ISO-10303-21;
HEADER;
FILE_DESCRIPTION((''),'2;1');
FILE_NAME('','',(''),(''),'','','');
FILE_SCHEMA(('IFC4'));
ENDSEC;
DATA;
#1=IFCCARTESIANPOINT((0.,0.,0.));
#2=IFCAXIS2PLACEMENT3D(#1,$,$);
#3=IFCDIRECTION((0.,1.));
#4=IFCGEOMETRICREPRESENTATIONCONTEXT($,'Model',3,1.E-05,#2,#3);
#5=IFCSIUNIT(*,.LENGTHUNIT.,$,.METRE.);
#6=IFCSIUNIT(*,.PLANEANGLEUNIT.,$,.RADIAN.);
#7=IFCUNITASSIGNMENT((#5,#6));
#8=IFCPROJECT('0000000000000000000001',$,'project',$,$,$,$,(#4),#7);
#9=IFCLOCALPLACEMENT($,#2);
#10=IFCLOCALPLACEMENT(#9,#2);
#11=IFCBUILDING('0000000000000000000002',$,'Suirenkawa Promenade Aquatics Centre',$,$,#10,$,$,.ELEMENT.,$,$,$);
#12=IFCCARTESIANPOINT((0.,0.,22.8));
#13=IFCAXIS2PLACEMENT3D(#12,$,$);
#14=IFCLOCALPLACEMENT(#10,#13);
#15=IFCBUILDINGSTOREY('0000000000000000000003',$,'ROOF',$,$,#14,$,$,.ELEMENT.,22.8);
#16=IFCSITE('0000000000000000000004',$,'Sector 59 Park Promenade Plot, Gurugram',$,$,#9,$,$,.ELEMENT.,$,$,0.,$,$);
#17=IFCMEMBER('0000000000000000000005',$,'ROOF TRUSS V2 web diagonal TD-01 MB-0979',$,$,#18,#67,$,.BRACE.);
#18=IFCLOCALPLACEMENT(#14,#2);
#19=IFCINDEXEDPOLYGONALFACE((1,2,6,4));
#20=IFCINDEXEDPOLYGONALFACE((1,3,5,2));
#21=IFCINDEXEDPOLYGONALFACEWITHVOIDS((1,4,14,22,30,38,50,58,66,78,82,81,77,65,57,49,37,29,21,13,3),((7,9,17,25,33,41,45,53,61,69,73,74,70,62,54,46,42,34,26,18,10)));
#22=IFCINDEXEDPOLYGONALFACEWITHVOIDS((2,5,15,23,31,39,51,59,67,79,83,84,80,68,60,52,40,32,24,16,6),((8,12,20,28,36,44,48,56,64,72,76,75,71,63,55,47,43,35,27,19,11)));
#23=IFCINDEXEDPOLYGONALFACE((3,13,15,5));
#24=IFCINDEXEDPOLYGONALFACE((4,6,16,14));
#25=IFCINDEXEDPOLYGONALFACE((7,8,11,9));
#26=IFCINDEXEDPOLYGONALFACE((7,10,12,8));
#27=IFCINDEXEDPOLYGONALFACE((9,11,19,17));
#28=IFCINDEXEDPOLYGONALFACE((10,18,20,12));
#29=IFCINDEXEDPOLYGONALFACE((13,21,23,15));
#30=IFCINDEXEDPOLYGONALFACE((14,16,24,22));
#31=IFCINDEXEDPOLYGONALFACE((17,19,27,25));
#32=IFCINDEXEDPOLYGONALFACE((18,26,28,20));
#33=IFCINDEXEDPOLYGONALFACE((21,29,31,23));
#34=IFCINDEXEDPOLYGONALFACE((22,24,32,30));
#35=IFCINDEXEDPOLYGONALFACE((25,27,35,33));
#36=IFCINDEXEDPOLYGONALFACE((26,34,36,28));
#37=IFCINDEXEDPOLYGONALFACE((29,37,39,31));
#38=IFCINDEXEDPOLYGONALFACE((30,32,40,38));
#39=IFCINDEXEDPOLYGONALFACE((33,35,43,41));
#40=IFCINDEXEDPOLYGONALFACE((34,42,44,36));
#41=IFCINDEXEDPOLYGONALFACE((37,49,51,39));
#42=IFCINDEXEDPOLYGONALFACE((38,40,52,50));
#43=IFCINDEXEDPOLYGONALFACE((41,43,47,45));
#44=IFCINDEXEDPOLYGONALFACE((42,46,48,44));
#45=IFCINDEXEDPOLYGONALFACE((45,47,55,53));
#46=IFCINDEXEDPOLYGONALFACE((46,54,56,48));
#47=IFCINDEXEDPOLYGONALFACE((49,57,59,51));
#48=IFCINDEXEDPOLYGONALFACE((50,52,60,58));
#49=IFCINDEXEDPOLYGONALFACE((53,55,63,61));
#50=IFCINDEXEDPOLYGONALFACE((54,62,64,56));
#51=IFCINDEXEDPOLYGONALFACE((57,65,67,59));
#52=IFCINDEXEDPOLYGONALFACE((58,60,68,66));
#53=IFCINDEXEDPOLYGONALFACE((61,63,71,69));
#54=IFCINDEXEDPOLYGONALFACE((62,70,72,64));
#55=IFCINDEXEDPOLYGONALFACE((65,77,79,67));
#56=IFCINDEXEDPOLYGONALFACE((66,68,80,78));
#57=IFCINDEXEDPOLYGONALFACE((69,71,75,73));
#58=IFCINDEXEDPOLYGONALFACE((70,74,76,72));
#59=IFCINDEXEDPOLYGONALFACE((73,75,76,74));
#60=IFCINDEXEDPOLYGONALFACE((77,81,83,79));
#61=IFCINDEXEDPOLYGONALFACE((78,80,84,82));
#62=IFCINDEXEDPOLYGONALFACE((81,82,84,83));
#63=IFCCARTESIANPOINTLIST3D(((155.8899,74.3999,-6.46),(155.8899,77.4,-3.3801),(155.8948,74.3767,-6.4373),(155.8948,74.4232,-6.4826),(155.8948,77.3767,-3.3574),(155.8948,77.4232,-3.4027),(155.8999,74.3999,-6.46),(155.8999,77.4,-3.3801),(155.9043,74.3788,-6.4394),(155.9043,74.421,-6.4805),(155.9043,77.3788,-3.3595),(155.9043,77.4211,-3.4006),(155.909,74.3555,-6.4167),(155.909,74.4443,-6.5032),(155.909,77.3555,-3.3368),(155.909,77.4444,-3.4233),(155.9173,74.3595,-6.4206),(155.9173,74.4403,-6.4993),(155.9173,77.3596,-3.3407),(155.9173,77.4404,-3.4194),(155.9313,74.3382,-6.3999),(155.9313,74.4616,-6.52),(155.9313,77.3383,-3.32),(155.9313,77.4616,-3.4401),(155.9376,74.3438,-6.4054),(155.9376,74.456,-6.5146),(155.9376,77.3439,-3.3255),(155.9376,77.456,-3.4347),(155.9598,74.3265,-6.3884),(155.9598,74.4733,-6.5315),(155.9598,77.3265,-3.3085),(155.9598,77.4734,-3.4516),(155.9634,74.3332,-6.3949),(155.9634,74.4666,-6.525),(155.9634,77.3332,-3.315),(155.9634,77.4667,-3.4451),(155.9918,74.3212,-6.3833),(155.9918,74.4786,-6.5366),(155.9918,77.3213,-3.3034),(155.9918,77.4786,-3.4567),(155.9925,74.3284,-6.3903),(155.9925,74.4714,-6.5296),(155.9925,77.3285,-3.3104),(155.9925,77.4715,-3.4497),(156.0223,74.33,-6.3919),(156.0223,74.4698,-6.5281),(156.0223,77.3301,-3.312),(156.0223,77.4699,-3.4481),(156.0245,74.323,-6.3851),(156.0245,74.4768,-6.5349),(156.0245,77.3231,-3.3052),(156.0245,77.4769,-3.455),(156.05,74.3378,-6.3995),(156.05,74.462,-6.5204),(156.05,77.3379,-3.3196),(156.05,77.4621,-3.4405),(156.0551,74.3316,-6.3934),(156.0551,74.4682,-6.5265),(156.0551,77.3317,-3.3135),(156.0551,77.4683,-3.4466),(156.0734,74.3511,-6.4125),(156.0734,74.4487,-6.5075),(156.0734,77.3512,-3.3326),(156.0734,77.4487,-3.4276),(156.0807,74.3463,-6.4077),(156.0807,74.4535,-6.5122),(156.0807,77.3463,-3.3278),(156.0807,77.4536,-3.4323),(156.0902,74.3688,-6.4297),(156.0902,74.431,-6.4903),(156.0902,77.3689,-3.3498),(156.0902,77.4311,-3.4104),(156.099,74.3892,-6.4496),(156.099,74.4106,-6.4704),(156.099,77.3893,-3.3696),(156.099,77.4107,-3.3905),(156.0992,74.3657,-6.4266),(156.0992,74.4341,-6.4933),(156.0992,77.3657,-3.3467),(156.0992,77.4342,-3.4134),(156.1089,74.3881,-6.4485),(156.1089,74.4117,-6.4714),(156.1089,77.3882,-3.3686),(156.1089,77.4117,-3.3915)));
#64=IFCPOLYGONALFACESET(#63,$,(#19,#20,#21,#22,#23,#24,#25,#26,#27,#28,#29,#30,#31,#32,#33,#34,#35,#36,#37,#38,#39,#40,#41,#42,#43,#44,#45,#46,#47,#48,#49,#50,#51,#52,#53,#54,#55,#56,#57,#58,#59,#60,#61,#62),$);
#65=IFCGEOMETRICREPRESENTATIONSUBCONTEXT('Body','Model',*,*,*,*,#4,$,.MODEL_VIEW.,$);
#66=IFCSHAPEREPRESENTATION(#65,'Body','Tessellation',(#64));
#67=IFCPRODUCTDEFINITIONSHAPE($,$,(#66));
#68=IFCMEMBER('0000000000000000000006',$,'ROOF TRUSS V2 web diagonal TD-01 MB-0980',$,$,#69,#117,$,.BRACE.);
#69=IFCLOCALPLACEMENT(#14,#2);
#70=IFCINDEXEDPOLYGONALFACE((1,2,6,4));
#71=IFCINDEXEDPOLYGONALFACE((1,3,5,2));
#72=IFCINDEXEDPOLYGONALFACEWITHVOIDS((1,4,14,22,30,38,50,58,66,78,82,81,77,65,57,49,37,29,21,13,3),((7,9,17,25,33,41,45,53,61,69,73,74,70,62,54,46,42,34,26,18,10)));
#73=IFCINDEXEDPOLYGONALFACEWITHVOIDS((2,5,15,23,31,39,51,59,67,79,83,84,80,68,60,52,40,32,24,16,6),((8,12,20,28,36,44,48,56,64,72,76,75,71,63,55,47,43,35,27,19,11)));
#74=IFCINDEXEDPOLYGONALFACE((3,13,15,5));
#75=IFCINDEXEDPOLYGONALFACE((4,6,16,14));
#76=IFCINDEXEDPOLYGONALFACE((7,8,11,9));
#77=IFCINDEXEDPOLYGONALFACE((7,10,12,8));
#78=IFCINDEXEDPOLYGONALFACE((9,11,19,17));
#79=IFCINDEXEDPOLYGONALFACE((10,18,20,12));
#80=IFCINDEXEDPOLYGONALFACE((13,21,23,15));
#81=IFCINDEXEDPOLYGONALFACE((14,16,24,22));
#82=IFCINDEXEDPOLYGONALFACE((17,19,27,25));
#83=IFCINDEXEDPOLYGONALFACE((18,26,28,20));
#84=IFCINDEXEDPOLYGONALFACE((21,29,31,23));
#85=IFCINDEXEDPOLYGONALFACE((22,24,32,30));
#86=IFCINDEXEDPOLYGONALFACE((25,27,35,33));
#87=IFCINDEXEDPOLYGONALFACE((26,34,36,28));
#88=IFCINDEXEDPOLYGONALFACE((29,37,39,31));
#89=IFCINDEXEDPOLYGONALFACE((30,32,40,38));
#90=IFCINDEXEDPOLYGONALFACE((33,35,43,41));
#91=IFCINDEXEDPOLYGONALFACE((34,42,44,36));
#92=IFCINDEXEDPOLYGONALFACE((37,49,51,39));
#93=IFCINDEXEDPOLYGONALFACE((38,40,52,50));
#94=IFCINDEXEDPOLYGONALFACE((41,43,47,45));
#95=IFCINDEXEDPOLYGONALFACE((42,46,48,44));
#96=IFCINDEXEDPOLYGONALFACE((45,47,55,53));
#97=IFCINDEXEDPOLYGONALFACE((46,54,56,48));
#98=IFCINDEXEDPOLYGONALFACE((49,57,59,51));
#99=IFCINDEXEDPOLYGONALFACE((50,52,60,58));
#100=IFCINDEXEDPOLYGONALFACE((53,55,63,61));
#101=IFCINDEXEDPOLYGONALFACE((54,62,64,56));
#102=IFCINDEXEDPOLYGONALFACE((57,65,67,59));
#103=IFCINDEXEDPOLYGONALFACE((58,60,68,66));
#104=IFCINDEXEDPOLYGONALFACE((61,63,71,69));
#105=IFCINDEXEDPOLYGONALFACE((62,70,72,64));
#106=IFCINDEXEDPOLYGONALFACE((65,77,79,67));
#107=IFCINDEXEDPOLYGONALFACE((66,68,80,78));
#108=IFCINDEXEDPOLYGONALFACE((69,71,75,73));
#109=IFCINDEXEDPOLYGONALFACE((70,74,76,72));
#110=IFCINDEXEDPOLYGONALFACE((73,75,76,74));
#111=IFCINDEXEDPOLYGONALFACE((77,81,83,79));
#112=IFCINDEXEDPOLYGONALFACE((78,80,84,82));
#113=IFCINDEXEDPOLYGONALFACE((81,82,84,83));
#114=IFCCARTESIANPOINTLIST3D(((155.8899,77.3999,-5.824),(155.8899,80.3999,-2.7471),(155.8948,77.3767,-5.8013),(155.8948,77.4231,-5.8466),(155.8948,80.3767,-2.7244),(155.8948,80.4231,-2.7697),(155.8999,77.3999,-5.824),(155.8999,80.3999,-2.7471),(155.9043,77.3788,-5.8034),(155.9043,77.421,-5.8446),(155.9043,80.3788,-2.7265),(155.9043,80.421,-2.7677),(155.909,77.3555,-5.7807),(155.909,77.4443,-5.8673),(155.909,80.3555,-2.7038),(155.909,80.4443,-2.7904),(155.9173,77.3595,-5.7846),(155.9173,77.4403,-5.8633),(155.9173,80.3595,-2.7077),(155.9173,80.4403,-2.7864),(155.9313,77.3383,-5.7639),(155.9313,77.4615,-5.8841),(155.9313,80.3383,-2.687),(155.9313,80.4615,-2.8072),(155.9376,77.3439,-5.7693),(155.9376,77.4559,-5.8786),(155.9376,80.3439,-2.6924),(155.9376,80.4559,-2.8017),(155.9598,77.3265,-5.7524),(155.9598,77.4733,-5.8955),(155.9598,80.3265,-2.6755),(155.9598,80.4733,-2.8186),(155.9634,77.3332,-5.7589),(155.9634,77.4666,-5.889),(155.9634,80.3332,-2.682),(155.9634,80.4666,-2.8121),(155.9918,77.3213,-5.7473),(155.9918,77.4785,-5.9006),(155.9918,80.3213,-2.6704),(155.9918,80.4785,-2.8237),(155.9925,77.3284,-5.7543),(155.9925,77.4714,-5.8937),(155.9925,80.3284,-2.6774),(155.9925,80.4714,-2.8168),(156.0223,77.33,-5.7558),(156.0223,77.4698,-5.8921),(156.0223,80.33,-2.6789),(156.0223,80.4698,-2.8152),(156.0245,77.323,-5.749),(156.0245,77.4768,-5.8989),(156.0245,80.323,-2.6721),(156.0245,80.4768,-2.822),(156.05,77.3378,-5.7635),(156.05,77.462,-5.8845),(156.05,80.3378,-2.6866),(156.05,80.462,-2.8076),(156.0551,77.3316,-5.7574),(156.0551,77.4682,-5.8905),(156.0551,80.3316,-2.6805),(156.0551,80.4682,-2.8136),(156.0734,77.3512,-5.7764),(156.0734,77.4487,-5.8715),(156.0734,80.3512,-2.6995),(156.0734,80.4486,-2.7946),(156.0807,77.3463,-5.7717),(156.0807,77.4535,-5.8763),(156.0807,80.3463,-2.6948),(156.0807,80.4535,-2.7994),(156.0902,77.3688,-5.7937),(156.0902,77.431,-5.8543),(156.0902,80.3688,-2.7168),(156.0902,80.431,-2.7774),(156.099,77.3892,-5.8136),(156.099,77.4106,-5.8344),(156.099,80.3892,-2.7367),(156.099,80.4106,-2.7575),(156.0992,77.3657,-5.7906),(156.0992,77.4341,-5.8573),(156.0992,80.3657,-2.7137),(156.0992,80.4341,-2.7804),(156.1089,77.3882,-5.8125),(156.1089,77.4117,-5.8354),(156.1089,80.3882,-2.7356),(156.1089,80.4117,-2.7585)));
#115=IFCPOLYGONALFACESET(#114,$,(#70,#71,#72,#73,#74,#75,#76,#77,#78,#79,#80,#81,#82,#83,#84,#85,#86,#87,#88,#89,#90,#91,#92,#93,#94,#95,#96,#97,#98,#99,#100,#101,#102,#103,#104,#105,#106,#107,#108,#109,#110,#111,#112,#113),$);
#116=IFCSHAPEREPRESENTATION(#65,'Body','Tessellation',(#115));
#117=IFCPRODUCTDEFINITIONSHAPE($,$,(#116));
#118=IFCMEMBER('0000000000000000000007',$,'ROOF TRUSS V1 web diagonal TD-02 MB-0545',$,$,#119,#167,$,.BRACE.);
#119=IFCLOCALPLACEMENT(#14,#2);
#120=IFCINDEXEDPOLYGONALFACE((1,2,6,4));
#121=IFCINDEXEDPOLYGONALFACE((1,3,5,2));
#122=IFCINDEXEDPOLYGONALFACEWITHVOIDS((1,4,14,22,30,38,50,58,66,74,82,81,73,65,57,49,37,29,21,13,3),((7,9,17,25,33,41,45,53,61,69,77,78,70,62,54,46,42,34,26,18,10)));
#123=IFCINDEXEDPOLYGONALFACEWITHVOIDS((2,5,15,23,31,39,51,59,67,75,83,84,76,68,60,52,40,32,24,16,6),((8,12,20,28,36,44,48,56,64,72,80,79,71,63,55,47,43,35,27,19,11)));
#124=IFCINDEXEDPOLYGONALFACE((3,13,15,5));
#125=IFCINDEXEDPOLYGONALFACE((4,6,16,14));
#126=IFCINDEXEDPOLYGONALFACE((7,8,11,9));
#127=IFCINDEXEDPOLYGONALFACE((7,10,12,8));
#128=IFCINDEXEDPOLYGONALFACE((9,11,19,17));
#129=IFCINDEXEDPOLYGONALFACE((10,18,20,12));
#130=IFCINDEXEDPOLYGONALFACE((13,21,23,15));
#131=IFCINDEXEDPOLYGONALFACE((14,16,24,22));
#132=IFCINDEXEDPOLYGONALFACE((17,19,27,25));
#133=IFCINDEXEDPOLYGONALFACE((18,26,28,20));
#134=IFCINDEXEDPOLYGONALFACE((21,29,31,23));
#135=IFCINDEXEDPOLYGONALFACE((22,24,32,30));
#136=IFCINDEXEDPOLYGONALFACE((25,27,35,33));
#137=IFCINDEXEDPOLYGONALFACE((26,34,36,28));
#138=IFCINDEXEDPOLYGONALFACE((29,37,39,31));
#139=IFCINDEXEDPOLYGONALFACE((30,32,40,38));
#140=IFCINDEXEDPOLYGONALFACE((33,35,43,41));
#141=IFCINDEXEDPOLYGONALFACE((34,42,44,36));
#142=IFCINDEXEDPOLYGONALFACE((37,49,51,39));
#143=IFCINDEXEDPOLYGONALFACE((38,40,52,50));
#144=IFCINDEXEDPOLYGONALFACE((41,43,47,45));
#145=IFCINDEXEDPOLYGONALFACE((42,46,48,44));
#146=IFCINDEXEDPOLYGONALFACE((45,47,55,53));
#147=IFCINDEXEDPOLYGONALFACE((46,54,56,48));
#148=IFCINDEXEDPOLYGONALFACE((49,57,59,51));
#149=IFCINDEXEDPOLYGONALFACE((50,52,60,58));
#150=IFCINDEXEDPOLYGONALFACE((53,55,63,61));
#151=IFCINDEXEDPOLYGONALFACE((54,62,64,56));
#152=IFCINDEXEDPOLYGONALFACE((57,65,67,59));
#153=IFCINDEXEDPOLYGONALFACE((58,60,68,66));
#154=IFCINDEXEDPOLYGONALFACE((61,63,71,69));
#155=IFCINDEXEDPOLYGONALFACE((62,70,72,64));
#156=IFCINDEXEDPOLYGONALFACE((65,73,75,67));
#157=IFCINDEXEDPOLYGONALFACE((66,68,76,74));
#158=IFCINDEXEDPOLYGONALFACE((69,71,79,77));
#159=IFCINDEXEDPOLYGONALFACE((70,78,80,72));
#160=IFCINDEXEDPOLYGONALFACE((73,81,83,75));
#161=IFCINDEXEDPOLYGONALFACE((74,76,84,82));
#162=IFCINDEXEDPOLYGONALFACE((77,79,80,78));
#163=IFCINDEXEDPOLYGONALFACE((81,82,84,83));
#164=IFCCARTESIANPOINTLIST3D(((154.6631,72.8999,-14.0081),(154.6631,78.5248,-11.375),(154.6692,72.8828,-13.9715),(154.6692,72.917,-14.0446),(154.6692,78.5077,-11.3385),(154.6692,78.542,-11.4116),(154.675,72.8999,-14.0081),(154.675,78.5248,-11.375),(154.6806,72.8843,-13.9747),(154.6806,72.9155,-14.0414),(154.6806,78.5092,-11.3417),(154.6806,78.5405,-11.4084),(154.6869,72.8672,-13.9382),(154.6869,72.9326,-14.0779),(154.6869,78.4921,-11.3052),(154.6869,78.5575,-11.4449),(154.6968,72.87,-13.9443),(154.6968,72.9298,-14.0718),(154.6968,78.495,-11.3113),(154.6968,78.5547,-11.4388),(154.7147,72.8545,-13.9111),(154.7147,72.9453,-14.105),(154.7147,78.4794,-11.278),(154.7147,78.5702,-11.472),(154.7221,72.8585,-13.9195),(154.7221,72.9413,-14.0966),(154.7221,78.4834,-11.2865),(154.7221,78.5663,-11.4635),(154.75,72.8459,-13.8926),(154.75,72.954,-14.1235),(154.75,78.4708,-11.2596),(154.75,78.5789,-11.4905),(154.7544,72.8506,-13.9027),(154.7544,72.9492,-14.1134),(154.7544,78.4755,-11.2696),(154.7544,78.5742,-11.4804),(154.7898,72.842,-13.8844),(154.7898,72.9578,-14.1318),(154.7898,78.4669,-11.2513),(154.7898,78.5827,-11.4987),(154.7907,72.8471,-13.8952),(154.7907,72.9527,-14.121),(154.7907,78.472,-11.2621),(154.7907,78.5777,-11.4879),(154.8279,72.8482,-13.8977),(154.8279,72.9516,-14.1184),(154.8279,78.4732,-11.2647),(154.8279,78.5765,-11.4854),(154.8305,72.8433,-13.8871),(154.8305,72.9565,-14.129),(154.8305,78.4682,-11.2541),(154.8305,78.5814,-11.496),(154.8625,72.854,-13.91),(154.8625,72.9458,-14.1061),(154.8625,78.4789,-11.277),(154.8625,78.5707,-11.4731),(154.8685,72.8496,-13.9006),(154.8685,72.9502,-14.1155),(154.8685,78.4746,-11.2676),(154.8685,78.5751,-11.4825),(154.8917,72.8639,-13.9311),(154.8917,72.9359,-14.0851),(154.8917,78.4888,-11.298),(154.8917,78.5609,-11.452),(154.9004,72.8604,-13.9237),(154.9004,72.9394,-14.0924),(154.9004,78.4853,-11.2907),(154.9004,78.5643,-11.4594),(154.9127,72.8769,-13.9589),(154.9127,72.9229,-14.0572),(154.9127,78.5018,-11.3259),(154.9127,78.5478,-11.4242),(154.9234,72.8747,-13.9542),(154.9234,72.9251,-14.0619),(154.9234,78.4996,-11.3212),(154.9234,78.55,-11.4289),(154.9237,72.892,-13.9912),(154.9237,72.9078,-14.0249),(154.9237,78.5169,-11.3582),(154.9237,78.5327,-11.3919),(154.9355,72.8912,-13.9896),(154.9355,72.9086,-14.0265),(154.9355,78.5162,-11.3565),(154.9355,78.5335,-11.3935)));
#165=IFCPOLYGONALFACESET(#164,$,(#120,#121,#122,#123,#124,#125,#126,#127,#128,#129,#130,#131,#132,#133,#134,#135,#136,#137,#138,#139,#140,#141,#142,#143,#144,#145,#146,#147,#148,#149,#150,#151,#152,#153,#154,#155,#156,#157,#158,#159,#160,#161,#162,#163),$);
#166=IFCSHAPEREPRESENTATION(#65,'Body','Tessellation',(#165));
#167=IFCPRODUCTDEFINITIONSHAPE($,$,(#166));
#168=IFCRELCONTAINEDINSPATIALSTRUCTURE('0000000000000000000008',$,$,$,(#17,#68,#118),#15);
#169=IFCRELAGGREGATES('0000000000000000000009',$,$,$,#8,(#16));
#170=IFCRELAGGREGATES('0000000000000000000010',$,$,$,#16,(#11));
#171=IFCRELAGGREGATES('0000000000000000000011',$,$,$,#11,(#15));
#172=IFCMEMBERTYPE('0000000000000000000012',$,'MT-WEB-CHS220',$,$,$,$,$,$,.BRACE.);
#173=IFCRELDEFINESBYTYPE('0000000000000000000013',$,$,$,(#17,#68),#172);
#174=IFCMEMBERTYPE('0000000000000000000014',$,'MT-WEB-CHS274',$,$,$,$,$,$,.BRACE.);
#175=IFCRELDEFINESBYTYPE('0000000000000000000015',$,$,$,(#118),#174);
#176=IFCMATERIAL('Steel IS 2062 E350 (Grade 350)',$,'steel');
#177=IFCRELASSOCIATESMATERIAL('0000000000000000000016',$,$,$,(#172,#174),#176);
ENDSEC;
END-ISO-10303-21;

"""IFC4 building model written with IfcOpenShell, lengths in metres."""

from ifc_helpers import new_model, si_unit, direction, frame, origin, origin_2d, place, context, subcontext, project, spatial, hollow_circle, extrude, material, material_profile, profile_set, type_object, element, save


model = new_model("IFC4")

# Units and contexts
model_context = context("Model", 3, precision=1e-05, world=origin(), true_north=direction((0.0, 1.0)))
body_context = subcontext(model_context, "Body", "Model", "MODEL_VIEW")
ifc_project = project(units=[si_unit("LENGTHUNIT", "METRE"), si_unit("PLANEANGLEUNIT", "RADIAN")], contexts=[model_context])

# Site, building, storey
site_placement = place(None, origin())
site = spatial("IfcSite", under=ifc_project, at=site_placement, Name="Sector 59 Park Promenade Plot, Gurugram", CompositionType="ELEMENT", RefElevation=0.0)
building_placement = place(site_placement, origin())
building = spatial("IfcBuilding", under=site, at=building_placement, Name="Suirenkawa Promenade Aquatics Centre", CompositionType="ELEMENT")
storey_placement = place(building_placement, frame((0.0, 0.0, 22.8)))
storey = spatial("IfcBuildingStorey", under=building, at=storey_placement, Name="ROOF", CompositionType="ELEMENT", Elevation=22.8)

# Shared definitions
ifc_material = material(Name="Steel IS 2062 E350 (Grade 350)", Category="steel")

# Members
ifc_material_profile_1 = material_profile(ifc_material, hollow_circle(Radius=0.1101, WallThickness=0.01, at=origin_2d()), Name="CHS 220x10", Category="steel")
ifc_profile_set_1 = profile_set([ifc_material_profile_1], Name="Steel IS 2062 E350 (Grade 350)")
member_type_1 = type_object("IfcMemberType", Name="MT-WEB-CHS220", PredefinedType="BRACE", material=ifc_profile_set_1)
member_1_placement = place(storey_placement, frame((156.0, 74.3999, -6.46), z_axis=(0.0, 0.697762, 0.71633), x_axis=(-1.0, 0.0, 0.0)))
element("IfcMember", 1, at=member_1_placement, inside=storey, type_object=member_type_1, Name="ROOF TRUSS V2 web diagonal TD-01 MB-0979", PredefinedType="BRACE", context=body_context, shape_type="SweptSolid", body=[
    extrude(hollow_circle(Radius=0.1101, WallThickness=0.01, at=origin_2d()), origin(), (0.0, 0.0, 1.0), 4.2996),
])
member_2_placement = place(storey_placement, frame((156.0, 77.3999, -5.824), z_axis=(0.0, 0.698102, 0.715998), x_axis=(-1.0, 0.0, 0.0)))
element("IfcMember", 2, at=member_2_placement, inside=storey, type_object=member_type_1, Name="ROOF TRUSS V2 web diagonal TD-01 MB-0980", PredefinedType="BRACE", context=body_context, shape_type="SweptSolid", body=[
    extrude(hollow_circle(Radius=0.1101, WallThickness=0.01, at=origin_2d()), origin(), (0.0, 0.0, 1.0), 4.2974),
])
ifc_material_profile_2 = material_profile(ifc_material, hollow_circle(Radius=0.137, WallThickness=0.012, at=origin_2d()), Name="CHS 274x12", Category="steel")
ifc_profile_set_2 = profile_set([ifc_material_profile_2], Name="Steel IS 2062 E350 (Grade 350)")
member_type_2 = type_object("IfcMemberType", Name="MT-WEB-CHS274", PredefinedType="BRACE", material=ifc_profile_set_2)
member_3_placement = place(storey_placement, frame((154.8, 72.8999, -14.0081), z_axis=(0.0, 0.905685, 0.42395), x_axis=(-1.0, 0.0, 0.0)))
element("IfcMember", 3, at=member_3_placement, inside=storey, type_object=member_type_2, Name="ROOF TRUSS V1 web diagonal TD-02 MB-0545", PredefinedType="BRACE", context=body_context, shape_type="SweptSolid", body=[
    extrude(hollow_circle(Radius=0.137, WallThickness=0.012, at=origin_2d()), origin(), (0.0, 0.0, 1.0), 6.2107),
])

save(model, "model.ifc")
